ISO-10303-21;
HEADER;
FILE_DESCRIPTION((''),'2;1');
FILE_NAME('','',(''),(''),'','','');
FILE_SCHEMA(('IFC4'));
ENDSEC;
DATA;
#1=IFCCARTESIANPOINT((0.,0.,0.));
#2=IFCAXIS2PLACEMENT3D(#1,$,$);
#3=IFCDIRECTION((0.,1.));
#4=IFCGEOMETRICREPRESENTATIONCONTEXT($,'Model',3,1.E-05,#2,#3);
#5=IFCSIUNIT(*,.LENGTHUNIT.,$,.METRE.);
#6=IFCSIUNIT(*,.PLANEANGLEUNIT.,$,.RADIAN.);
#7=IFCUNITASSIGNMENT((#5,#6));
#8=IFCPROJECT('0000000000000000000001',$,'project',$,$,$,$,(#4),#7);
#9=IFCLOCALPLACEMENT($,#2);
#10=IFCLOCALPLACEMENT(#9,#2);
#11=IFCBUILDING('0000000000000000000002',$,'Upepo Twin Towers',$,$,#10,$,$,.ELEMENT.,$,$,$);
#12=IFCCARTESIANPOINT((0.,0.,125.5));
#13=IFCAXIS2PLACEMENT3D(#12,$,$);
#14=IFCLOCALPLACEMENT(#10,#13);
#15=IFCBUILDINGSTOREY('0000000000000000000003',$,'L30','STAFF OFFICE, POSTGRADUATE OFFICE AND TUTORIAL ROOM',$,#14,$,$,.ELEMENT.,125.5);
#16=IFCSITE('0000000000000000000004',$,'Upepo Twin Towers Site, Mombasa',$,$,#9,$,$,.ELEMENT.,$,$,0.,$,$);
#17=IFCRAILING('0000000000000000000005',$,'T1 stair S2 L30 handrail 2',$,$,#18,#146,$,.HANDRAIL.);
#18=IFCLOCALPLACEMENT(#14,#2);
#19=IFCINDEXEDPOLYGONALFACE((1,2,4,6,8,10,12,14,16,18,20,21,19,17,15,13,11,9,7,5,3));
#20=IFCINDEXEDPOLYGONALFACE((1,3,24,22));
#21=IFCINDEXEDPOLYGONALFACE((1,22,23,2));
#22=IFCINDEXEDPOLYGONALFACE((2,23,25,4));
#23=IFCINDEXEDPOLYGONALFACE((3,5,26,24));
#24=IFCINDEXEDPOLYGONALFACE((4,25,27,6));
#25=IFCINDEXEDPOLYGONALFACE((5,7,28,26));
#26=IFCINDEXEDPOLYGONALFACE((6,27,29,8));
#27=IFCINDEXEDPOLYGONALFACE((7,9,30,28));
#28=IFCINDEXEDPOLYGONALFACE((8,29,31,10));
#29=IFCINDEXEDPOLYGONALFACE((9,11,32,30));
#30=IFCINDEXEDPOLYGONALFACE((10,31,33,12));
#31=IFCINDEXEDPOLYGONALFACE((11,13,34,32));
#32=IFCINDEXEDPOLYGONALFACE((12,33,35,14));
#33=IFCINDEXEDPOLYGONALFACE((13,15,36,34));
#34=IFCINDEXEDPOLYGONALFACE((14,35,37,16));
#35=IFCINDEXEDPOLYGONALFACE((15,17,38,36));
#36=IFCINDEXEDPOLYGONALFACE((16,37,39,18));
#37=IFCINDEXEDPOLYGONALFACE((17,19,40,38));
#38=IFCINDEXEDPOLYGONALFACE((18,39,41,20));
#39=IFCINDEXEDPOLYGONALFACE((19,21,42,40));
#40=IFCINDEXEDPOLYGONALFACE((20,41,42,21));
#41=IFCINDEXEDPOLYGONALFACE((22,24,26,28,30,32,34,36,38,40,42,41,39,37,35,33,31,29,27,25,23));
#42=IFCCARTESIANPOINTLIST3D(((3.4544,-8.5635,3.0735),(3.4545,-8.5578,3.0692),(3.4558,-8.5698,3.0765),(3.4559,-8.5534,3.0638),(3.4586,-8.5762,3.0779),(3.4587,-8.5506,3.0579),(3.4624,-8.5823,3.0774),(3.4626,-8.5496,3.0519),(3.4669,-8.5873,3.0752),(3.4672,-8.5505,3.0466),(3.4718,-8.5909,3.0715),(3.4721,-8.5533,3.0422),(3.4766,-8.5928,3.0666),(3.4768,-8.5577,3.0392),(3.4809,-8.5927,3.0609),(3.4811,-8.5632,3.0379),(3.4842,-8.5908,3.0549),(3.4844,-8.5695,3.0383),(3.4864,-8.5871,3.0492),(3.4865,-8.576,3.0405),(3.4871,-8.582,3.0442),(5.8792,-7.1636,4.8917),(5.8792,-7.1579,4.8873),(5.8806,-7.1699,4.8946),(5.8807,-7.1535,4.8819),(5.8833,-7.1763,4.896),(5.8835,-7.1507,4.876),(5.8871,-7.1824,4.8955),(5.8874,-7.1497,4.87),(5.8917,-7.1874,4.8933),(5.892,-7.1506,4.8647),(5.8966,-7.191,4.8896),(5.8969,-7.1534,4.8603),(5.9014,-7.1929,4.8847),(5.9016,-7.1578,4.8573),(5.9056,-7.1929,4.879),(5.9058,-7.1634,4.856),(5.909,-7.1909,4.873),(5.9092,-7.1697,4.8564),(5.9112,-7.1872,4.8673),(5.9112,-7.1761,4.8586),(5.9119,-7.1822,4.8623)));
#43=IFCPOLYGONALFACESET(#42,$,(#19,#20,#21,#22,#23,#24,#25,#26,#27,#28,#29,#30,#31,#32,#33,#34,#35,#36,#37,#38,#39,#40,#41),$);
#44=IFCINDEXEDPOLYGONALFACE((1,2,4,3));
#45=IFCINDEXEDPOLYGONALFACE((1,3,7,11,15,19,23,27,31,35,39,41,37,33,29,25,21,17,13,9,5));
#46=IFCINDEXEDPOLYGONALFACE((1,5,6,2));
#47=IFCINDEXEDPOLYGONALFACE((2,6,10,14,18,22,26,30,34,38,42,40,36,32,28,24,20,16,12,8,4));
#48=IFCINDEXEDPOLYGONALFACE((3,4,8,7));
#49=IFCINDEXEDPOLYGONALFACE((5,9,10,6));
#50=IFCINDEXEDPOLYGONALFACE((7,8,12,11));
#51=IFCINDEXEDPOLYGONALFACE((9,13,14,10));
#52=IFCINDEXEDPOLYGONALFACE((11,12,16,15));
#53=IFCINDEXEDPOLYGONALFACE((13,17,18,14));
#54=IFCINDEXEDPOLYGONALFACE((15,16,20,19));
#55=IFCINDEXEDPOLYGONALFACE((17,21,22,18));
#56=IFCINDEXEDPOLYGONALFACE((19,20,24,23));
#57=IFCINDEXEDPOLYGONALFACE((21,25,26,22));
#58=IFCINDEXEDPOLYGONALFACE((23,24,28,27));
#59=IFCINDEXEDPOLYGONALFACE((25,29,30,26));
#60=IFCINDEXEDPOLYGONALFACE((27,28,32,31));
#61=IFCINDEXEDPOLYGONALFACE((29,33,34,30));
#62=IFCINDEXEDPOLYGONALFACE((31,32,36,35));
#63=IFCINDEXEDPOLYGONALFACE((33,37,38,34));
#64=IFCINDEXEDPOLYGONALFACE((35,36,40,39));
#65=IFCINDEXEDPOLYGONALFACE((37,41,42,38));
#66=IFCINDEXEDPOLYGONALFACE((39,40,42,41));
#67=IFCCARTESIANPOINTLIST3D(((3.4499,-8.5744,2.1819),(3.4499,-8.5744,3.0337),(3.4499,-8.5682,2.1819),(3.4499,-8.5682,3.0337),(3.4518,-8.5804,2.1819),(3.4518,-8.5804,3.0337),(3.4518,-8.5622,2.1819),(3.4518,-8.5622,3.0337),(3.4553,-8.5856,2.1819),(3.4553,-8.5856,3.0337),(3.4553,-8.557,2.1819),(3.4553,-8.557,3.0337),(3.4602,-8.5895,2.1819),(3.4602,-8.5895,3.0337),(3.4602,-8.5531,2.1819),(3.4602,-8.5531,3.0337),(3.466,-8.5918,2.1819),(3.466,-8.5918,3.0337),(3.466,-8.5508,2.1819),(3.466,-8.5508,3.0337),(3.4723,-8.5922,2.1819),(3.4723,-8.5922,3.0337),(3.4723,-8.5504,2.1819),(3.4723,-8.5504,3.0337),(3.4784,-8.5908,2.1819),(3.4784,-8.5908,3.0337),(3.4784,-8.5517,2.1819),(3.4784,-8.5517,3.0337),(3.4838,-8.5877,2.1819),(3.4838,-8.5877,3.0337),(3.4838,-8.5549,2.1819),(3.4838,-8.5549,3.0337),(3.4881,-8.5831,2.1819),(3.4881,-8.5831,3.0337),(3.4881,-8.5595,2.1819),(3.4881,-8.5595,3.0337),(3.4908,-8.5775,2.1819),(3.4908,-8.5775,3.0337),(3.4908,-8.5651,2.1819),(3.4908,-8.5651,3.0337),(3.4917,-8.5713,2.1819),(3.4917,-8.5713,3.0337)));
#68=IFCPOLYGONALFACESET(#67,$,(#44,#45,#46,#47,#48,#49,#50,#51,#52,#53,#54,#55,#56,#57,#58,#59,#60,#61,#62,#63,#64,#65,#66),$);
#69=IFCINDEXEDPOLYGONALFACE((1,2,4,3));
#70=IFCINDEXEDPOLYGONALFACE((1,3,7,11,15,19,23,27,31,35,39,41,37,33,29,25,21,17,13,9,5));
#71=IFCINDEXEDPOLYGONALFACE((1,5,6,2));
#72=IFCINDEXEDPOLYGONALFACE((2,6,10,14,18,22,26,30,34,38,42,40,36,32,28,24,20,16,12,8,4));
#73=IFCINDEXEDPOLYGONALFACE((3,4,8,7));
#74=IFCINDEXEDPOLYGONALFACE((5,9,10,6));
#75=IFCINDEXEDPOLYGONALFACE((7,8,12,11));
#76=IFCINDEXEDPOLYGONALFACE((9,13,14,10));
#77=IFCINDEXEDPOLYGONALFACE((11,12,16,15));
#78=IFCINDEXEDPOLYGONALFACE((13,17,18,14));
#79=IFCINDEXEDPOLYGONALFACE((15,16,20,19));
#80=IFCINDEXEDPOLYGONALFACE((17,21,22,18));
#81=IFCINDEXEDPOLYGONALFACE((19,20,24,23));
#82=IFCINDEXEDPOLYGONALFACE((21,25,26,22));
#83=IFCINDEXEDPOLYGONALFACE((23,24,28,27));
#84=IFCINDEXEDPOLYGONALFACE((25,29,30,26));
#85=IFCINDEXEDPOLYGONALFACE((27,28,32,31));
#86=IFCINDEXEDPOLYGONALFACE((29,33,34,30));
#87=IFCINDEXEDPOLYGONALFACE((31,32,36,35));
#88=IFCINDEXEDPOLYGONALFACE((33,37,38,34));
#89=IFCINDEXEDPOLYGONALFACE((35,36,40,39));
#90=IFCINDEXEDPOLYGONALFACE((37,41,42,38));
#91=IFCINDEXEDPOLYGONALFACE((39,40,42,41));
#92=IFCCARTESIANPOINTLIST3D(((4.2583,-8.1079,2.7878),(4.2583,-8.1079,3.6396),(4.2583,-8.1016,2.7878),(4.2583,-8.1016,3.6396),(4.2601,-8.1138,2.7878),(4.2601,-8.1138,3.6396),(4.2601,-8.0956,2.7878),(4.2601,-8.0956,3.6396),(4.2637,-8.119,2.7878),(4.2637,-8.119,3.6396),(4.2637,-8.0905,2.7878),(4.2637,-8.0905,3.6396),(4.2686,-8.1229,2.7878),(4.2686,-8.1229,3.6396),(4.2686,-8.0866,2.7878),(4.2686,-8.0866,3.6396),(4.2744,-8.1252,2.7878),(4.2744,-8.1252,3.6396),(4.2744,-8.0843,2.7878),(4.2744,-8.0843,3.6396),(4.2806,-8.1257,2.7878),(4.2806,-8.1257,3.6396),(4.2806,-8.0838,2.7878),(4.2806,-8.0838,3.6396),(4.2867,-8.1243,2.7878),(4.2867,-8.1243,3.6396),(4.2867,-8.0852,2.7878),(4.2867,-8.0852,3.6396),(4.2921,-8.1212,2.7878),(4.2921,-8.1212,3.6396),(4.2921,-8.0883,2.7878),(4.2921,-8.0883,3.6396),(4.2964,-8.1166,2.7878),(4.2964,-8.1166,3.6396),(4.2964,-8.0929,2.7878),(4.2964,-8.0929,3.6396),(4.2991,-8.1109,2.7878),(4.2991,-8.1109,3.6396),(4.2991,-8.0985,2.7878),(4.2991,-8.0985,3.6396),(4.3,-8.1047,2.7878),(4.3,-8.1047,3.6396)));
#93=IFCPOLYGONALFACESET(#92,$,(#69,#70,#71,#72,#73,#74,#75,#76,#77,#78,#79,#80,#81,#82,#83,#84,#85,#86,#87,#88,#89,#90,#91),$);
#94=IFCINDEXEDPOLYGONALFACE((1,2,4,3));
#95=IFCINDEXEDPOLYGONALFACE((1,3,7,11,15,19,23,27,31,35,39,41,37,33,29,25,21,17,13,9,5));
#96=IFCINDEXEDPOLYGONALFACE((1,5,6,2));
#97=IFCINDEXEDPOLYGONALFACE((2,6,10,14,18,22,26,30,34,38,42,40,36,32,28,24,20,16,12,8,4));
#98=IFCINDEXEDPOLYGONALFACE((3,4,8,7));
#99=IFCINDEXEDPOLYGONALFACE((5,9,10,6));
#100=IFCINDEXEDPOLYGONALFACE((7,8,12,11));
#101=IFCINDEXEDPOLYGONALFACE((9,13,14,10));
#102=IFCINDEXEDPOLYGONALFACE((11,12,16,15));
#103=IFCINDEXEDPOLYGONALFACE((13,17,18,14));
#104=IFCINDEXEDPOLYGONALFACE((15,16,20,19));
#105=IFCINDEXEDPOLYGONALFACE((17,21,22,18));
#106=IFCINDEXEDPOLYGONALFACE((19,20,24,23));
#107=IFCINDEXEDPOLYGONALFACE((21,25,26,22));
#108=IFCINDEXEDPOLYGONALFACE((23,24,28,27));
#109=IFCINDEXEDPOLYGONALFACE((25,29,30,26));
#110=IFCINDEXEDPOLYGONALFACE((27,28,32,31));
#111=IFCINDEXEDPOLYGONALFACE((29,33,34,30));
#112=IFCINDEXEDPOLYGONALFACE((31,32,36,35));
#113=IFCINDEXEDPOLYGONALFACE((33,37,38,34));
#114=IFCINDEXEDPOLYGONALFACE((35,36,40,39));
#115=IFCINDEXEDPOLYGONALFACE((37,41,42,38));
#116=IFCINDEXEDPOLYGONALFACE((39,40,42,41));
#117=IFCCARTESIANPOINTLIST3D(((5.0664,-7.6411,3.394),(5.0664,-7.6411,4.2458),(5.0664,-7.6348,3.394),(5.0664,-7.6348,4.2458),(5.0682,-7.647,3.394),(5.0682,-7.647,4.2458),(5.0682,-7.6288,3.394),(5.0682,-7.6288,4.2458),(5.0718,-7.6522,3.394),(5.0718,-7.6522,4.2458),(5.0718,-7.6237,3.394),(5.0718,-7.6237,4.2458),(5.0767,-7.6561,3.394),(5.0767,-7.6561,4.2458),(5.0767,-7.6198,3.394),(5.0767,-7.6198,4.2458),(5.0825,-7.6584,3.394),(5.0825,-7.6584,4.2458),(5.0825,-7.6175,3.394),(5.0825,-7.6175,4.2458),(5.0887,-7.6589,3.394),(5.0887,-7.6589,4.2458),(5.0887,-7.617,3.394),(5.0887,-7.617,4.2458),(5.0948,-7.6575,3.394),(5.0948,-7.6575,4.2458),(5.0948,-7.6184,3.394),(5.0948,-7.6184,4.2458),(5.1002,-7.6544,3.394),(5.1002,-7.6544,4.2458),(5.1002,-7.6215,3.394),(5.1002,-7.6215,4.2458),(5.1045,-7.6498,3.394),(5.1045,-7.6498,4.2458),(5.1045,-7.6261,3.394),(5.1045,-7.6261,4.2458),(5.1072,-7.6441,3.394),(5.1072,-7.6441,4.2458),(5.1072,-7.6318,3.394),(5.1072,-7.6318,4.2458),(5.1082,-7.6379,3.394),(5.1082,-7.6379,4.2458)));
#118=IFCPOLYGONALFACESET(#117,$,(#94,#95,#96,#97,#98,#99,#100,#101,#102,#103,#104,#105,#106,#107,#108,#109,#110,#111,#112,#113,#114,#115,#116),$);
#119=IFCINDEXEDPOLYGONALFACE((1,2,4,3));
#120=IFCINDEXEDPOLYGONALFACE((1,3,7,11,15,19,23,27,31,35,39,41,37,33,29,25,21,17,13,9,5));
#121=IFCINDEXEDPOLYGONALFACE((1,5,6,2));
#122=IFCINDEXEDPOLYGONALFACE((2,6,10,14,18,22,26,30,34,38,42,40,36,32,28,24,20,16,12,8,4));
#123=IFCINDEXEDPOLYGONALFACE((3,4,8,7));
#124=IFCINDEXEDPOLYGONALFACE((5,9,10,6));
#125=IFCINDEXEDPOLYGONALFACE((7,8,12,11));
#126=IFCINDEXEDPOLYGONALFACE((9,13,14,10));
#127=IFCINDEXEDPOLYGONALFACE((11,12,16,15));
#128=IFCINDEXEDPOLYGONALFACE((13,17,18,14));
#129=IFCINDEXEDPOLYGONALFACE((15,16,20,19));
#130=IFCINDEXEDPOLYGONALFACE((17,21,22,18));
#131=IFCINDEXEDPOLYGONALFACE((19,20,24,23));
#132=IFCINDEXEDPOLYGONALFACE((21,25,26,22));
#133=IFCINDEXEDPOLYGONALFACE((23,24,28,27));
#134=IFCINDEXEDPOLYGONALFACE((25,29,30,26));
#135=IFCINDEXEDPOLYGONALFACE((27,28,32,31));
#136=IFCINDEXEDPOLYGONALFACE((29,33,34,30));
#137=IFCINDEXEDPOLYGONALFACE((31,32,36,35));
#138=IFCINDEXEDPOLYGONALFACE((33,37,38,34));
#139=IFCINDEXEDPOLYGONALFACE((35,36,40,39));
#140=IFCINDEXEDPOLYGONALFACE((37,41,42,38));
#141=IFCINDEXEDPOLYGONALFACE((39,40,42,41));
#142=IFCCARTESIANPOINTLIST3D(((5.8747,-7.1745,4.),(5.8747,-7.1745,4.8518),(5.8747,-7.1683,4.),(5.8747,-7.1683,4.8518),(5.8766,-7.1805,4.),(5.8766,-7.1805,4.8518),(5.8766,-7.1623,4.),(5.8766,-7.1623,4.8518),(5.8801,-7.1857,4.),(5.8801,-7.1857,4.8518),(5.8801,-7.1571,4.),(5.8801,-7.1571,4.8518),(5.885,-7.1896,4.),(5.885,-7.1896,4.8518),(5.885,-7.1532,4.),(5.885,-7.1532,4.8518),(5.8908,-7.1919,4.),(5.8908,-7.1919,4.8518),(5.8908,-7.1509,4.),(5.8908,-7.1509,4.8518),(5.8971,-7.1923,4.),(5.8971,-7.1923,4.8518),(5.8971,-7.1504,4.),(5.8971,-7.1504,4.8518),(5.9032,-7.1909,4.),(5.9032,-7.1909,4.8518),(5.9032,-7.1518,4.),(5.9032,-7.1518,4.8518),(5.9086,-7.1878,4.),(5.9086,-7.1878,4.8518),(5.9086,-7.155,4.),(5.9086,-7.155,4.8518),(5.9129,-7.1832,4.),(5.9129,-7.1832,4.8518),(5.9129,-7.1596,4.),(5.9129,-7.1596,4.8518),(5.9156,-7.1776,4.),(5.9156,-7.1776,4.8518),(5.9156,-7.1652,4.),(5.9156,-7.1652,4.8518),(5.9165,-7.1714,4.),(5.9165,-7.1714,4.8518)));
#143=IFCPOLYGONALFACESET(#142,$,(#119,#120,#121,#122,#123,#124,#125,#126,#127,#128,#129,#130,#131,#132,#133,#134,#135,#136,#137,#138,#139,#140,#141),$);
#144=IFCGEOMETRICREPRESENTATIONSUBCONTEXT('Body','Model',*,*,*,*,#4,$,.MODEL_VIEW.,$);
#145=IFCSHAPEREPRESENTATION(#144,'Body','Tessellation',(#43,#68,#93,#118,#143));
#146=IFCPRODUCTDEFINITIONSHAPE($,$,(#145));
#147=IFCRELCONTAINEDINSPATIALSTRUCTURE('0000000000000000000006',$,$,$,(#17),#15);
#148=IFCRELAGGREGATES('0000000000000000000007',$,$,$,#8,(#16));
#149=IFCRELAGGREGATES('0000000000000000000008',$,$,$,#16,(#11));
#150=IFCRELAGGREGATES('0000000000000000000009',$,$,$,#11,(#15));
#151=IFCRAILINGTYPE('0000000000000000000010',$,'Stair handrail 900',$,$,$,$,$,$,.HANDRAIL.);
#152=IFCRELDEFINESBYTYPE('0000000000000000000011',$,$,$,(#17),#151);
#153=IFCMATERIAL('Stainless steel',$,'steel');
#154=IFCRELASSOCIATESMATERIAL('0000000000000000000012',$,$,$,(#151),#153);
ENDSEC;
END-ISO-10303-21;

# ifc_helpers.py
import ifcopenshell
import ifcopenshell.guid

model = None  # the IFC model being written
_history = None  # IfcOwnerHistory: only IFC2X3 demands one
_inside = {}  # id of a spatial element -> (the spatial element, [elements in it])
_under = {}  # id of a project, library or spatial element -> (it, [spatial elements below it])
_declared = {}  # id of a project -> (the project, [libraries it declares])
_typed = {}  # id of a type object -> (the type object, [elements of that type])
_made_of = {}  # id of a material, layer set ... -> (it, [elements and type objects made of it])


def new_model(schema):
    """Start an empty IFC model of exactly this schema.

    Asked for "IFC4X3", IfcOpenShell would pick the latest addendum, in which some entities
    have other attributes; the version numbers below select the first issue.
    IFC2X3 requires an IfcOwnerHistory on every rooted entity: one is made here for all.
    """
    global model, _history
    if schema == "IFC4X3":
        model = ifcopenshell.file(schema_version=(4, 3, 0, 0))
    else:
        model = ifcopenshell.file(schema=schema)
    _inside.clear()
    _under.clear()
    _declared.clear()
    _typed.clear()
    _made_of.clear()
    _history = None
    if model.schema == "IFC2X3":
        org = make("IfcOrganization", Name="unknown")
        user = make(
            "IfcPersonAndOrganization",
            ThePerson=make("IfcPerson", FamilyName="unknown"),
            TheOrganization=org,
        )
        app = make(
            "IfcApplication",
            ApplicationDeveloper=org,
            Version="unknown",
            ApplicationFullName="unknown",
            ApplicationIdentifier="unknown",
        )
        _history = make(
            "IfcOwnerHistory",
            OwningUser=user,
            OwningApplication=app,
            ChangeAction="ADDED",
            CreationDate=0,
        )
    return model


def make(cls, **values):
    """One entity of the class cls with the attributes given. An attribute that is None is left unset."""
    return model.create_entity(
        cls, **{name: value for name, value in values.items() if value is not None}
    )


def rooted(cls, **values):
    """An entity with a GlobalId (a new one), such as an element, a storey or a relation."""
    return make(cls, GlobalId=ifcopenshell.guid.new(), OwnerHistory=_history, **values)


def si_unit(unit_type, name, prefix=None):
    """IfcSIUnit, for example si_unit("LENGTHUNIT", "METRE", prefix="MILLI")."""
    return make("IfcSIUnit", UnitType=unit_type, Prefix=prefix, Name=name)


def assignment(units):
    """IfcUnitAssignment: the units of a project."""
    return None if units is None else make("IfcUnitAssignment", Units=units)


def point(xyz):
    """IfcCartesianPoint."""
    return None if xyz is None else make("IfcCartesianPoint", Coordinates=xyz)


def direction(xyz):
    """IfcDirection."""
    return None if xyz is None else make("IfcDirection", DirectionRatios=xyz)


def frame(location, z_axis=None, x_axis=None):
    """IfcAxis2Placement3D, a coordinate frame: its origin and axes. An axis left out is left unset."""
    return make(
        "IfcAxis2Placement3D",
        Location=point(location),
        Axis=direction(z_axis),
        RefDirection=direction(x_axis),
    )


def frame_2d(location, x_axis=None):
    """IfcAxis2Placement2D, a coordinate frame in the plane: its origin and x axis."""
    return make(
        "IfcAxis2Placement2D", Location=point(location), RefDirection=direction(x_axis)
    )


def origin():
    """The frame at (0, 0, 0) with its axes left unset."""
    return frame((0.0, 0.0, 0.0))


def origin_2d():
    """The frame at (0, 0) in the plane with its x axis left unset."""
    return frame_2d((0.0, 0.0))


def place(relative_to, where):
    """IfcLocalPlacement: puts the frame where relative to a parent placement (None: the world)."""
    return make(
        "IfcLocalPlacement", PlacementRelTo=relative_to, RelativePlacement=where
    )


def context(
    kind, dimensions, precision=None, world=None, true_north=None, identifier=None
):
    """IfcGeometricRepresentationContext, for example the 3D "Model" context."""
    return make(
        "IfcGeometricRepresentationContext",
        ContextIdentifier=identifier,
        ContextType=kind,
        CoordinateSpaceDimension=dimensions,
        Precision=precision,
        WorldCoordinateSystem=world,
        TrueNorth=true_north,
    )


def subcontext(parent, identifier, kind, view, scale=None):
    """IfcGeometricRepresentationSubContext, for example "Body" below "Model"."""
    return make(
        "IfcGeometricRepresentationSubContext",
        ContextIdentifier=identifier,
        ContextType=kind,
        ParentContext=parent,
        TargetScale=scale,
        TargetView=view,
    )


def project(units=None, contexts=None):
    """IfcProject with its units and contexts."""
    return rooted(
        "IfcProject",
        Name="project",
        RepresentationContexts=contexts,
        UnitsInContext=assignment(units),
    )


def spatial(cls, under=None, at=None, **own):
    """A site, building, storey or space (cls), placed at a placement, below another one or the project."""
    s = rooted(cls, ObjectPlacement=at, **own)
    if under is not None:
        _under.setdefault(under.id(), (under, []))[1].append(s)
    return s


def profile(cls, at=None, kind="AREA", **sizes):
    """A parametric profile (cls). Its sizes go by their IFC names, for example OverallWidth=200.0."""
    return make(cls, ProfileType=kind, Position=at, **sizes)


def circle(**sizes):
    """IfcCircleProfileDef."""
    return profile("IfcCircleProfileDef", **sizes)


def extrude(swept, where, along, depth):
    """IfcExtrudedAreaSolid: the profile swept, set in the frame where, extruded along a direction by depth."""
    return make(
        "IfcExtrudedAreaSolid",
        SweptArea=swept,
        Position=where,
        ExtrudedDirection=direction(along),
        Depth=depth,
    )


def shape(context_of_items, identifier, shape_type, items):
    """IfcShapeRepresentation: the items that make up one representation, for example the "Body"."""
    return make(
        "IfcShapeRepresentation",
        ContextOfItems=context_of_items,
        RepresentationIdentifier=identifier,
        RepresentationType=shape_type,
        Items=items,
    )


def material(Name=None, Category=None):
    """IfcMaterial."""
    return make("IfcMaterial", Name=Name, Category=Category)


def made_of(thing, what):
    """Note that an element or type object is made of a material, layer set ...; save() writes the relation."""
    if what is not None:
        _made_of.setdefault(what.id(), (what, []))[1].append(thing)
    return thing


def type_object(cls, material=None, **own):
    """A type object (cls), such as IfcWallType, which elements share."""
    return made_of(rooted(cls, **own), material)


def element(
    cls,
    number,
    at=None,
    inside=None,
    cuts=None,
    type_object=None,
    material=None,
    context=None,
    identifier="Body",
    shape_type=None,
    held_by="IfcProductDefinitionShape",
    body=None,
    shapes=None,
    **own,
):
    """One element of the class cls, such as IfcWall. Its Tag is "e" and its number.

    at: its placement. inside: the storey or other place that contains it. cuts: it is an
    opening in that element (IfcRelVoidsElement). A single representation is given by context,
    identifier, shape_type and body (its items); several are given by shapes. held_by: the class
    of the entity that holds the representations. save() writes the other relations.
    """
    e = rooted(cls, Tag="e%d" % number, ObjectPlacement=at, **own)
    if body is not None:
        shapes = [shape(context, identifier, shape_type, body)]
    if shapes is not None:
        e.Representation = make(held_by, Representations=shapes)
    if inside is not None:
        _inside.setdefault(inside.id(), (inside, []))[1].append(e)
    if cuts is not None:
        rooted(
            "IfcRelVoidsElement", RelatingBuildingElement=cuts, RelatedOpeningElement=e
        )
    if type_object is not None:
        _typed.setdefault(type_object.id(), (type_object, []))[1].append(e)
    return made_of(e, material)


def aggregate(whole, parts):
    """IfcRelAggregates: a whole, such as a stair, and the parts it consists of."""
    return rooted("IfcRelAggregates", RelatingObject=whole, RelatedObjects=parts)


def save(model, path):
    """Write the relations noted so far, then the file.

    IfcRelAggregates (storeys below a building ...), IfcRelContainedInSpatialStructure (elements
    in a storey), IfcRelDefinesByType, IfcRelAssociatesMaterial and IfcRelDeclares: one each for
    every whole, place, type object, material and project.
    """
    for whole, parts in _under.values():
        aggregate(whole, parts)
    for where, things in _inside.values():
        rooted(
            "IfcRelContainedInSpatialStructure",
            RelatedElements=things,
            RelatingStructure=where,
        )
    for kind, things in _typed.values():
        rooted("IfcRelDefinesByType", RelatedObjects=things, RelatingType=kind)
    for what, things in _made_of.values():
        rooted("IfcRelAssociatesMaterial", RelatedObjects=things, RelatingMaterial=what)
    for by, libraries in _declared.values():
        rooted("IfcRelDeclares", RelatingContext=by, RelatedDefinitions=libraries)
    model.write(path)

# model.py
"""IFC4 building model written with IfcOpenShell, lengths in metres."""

from ifc_helpers import new_model, si_unit, direction, frame, origin, origin_2d, place, context, subcontext, project, spatial, circle, extrude, material, type_object, element, save


model = new_model("IFC4")

# Units and contexts
model_context = context("Model", 3, precision=1e-05, world=origin(), true_north=direction((0.0, 1.0)))
body_context = subcontext(model_context, "Body", "Model", "MODEL_VIEW")
ifc_project = project(units=[si_unit("LENGTHUNIT", "METRE"), si_unit("PLANEANGLEUNIT", "RADIAN")], contexts=[model_context])

# Site, building, storey
site_placement = place(None, origin())
site = spatial("IfcSite", under=ifc_project, at=site_placement, Name="Upepo Twin Towers Site, Mombasa", CompositionType="ELEMENT", RefElevation=0.0)
building_placement = place(site_placement, origin())
building = spatial("IfcBuilding", under=site, at=building_placement, Name="Upepo Twin Towers", CompositionType="ELEMENT")
storey_placement = place(building_placement, frame((0.0, 0.0, 125.5)))
storey = spatial("IfcBuildingStorey", under=building, at=storey_placement, Name="L30", Description="STAFF OFFICE, POSTGRADUATE OFFICE AND TUTORIAL ROOM", CompositionType="ELEMENT", Elevation=125.5)

# Railing
ifc_material_1 = material(Name="Stainless steel", Category="steel")
railing_type = type_object("IfcRailingType", Name="Stair handrail 900", PredefinedType="HANDRAIL", material=ifc_material_1)
railing_1_placement = place(storey_placement, frame((3.4707, -8.5713, 2.1819)))
element("IfcRailing", 1, at=railing_1_placement, inside=storey, type_object=railing_type, Name="T1 stair S2 L30 handrail 2", PredefinedType="HANDRAIL", context=body_context, shape_type="SweptSolid", body=[
    extrude(circle(Radius=0.0239, at=origin_2d()), frame((0.0, 0.0, 0.876), z_axis=(0.726336, 0.419333, 0.544606), x_axis=(-0.499984, 0.866035, 0.0)), (0.0, 0.0, 1.0), 3.3384),
    extrude(circle(Radius=0.021, at=origin_2d()), origin(), (0.0, 0.0, 1.0), 0.8518),
    extrude(circle(Radius=0.021, at=origin_2d()), frame((0.8083, 0.4666, 0.606)), (0.0, 0.0, 1.0), 0.8518),
    extrude(circle(Radius=0.021, at=origin_2d()), frame((1.6165, 0.9333, 1.2122)), (0.0, 0.0, 1.0), 0.8518),
    extrude(circle(Radius=0.021, at=origin_2d()), frame((2.4248, 1.3999, 1.8181)), (0.0, 0.0, 1.0), 0.8518),
])

save(model, "model.ifc")
